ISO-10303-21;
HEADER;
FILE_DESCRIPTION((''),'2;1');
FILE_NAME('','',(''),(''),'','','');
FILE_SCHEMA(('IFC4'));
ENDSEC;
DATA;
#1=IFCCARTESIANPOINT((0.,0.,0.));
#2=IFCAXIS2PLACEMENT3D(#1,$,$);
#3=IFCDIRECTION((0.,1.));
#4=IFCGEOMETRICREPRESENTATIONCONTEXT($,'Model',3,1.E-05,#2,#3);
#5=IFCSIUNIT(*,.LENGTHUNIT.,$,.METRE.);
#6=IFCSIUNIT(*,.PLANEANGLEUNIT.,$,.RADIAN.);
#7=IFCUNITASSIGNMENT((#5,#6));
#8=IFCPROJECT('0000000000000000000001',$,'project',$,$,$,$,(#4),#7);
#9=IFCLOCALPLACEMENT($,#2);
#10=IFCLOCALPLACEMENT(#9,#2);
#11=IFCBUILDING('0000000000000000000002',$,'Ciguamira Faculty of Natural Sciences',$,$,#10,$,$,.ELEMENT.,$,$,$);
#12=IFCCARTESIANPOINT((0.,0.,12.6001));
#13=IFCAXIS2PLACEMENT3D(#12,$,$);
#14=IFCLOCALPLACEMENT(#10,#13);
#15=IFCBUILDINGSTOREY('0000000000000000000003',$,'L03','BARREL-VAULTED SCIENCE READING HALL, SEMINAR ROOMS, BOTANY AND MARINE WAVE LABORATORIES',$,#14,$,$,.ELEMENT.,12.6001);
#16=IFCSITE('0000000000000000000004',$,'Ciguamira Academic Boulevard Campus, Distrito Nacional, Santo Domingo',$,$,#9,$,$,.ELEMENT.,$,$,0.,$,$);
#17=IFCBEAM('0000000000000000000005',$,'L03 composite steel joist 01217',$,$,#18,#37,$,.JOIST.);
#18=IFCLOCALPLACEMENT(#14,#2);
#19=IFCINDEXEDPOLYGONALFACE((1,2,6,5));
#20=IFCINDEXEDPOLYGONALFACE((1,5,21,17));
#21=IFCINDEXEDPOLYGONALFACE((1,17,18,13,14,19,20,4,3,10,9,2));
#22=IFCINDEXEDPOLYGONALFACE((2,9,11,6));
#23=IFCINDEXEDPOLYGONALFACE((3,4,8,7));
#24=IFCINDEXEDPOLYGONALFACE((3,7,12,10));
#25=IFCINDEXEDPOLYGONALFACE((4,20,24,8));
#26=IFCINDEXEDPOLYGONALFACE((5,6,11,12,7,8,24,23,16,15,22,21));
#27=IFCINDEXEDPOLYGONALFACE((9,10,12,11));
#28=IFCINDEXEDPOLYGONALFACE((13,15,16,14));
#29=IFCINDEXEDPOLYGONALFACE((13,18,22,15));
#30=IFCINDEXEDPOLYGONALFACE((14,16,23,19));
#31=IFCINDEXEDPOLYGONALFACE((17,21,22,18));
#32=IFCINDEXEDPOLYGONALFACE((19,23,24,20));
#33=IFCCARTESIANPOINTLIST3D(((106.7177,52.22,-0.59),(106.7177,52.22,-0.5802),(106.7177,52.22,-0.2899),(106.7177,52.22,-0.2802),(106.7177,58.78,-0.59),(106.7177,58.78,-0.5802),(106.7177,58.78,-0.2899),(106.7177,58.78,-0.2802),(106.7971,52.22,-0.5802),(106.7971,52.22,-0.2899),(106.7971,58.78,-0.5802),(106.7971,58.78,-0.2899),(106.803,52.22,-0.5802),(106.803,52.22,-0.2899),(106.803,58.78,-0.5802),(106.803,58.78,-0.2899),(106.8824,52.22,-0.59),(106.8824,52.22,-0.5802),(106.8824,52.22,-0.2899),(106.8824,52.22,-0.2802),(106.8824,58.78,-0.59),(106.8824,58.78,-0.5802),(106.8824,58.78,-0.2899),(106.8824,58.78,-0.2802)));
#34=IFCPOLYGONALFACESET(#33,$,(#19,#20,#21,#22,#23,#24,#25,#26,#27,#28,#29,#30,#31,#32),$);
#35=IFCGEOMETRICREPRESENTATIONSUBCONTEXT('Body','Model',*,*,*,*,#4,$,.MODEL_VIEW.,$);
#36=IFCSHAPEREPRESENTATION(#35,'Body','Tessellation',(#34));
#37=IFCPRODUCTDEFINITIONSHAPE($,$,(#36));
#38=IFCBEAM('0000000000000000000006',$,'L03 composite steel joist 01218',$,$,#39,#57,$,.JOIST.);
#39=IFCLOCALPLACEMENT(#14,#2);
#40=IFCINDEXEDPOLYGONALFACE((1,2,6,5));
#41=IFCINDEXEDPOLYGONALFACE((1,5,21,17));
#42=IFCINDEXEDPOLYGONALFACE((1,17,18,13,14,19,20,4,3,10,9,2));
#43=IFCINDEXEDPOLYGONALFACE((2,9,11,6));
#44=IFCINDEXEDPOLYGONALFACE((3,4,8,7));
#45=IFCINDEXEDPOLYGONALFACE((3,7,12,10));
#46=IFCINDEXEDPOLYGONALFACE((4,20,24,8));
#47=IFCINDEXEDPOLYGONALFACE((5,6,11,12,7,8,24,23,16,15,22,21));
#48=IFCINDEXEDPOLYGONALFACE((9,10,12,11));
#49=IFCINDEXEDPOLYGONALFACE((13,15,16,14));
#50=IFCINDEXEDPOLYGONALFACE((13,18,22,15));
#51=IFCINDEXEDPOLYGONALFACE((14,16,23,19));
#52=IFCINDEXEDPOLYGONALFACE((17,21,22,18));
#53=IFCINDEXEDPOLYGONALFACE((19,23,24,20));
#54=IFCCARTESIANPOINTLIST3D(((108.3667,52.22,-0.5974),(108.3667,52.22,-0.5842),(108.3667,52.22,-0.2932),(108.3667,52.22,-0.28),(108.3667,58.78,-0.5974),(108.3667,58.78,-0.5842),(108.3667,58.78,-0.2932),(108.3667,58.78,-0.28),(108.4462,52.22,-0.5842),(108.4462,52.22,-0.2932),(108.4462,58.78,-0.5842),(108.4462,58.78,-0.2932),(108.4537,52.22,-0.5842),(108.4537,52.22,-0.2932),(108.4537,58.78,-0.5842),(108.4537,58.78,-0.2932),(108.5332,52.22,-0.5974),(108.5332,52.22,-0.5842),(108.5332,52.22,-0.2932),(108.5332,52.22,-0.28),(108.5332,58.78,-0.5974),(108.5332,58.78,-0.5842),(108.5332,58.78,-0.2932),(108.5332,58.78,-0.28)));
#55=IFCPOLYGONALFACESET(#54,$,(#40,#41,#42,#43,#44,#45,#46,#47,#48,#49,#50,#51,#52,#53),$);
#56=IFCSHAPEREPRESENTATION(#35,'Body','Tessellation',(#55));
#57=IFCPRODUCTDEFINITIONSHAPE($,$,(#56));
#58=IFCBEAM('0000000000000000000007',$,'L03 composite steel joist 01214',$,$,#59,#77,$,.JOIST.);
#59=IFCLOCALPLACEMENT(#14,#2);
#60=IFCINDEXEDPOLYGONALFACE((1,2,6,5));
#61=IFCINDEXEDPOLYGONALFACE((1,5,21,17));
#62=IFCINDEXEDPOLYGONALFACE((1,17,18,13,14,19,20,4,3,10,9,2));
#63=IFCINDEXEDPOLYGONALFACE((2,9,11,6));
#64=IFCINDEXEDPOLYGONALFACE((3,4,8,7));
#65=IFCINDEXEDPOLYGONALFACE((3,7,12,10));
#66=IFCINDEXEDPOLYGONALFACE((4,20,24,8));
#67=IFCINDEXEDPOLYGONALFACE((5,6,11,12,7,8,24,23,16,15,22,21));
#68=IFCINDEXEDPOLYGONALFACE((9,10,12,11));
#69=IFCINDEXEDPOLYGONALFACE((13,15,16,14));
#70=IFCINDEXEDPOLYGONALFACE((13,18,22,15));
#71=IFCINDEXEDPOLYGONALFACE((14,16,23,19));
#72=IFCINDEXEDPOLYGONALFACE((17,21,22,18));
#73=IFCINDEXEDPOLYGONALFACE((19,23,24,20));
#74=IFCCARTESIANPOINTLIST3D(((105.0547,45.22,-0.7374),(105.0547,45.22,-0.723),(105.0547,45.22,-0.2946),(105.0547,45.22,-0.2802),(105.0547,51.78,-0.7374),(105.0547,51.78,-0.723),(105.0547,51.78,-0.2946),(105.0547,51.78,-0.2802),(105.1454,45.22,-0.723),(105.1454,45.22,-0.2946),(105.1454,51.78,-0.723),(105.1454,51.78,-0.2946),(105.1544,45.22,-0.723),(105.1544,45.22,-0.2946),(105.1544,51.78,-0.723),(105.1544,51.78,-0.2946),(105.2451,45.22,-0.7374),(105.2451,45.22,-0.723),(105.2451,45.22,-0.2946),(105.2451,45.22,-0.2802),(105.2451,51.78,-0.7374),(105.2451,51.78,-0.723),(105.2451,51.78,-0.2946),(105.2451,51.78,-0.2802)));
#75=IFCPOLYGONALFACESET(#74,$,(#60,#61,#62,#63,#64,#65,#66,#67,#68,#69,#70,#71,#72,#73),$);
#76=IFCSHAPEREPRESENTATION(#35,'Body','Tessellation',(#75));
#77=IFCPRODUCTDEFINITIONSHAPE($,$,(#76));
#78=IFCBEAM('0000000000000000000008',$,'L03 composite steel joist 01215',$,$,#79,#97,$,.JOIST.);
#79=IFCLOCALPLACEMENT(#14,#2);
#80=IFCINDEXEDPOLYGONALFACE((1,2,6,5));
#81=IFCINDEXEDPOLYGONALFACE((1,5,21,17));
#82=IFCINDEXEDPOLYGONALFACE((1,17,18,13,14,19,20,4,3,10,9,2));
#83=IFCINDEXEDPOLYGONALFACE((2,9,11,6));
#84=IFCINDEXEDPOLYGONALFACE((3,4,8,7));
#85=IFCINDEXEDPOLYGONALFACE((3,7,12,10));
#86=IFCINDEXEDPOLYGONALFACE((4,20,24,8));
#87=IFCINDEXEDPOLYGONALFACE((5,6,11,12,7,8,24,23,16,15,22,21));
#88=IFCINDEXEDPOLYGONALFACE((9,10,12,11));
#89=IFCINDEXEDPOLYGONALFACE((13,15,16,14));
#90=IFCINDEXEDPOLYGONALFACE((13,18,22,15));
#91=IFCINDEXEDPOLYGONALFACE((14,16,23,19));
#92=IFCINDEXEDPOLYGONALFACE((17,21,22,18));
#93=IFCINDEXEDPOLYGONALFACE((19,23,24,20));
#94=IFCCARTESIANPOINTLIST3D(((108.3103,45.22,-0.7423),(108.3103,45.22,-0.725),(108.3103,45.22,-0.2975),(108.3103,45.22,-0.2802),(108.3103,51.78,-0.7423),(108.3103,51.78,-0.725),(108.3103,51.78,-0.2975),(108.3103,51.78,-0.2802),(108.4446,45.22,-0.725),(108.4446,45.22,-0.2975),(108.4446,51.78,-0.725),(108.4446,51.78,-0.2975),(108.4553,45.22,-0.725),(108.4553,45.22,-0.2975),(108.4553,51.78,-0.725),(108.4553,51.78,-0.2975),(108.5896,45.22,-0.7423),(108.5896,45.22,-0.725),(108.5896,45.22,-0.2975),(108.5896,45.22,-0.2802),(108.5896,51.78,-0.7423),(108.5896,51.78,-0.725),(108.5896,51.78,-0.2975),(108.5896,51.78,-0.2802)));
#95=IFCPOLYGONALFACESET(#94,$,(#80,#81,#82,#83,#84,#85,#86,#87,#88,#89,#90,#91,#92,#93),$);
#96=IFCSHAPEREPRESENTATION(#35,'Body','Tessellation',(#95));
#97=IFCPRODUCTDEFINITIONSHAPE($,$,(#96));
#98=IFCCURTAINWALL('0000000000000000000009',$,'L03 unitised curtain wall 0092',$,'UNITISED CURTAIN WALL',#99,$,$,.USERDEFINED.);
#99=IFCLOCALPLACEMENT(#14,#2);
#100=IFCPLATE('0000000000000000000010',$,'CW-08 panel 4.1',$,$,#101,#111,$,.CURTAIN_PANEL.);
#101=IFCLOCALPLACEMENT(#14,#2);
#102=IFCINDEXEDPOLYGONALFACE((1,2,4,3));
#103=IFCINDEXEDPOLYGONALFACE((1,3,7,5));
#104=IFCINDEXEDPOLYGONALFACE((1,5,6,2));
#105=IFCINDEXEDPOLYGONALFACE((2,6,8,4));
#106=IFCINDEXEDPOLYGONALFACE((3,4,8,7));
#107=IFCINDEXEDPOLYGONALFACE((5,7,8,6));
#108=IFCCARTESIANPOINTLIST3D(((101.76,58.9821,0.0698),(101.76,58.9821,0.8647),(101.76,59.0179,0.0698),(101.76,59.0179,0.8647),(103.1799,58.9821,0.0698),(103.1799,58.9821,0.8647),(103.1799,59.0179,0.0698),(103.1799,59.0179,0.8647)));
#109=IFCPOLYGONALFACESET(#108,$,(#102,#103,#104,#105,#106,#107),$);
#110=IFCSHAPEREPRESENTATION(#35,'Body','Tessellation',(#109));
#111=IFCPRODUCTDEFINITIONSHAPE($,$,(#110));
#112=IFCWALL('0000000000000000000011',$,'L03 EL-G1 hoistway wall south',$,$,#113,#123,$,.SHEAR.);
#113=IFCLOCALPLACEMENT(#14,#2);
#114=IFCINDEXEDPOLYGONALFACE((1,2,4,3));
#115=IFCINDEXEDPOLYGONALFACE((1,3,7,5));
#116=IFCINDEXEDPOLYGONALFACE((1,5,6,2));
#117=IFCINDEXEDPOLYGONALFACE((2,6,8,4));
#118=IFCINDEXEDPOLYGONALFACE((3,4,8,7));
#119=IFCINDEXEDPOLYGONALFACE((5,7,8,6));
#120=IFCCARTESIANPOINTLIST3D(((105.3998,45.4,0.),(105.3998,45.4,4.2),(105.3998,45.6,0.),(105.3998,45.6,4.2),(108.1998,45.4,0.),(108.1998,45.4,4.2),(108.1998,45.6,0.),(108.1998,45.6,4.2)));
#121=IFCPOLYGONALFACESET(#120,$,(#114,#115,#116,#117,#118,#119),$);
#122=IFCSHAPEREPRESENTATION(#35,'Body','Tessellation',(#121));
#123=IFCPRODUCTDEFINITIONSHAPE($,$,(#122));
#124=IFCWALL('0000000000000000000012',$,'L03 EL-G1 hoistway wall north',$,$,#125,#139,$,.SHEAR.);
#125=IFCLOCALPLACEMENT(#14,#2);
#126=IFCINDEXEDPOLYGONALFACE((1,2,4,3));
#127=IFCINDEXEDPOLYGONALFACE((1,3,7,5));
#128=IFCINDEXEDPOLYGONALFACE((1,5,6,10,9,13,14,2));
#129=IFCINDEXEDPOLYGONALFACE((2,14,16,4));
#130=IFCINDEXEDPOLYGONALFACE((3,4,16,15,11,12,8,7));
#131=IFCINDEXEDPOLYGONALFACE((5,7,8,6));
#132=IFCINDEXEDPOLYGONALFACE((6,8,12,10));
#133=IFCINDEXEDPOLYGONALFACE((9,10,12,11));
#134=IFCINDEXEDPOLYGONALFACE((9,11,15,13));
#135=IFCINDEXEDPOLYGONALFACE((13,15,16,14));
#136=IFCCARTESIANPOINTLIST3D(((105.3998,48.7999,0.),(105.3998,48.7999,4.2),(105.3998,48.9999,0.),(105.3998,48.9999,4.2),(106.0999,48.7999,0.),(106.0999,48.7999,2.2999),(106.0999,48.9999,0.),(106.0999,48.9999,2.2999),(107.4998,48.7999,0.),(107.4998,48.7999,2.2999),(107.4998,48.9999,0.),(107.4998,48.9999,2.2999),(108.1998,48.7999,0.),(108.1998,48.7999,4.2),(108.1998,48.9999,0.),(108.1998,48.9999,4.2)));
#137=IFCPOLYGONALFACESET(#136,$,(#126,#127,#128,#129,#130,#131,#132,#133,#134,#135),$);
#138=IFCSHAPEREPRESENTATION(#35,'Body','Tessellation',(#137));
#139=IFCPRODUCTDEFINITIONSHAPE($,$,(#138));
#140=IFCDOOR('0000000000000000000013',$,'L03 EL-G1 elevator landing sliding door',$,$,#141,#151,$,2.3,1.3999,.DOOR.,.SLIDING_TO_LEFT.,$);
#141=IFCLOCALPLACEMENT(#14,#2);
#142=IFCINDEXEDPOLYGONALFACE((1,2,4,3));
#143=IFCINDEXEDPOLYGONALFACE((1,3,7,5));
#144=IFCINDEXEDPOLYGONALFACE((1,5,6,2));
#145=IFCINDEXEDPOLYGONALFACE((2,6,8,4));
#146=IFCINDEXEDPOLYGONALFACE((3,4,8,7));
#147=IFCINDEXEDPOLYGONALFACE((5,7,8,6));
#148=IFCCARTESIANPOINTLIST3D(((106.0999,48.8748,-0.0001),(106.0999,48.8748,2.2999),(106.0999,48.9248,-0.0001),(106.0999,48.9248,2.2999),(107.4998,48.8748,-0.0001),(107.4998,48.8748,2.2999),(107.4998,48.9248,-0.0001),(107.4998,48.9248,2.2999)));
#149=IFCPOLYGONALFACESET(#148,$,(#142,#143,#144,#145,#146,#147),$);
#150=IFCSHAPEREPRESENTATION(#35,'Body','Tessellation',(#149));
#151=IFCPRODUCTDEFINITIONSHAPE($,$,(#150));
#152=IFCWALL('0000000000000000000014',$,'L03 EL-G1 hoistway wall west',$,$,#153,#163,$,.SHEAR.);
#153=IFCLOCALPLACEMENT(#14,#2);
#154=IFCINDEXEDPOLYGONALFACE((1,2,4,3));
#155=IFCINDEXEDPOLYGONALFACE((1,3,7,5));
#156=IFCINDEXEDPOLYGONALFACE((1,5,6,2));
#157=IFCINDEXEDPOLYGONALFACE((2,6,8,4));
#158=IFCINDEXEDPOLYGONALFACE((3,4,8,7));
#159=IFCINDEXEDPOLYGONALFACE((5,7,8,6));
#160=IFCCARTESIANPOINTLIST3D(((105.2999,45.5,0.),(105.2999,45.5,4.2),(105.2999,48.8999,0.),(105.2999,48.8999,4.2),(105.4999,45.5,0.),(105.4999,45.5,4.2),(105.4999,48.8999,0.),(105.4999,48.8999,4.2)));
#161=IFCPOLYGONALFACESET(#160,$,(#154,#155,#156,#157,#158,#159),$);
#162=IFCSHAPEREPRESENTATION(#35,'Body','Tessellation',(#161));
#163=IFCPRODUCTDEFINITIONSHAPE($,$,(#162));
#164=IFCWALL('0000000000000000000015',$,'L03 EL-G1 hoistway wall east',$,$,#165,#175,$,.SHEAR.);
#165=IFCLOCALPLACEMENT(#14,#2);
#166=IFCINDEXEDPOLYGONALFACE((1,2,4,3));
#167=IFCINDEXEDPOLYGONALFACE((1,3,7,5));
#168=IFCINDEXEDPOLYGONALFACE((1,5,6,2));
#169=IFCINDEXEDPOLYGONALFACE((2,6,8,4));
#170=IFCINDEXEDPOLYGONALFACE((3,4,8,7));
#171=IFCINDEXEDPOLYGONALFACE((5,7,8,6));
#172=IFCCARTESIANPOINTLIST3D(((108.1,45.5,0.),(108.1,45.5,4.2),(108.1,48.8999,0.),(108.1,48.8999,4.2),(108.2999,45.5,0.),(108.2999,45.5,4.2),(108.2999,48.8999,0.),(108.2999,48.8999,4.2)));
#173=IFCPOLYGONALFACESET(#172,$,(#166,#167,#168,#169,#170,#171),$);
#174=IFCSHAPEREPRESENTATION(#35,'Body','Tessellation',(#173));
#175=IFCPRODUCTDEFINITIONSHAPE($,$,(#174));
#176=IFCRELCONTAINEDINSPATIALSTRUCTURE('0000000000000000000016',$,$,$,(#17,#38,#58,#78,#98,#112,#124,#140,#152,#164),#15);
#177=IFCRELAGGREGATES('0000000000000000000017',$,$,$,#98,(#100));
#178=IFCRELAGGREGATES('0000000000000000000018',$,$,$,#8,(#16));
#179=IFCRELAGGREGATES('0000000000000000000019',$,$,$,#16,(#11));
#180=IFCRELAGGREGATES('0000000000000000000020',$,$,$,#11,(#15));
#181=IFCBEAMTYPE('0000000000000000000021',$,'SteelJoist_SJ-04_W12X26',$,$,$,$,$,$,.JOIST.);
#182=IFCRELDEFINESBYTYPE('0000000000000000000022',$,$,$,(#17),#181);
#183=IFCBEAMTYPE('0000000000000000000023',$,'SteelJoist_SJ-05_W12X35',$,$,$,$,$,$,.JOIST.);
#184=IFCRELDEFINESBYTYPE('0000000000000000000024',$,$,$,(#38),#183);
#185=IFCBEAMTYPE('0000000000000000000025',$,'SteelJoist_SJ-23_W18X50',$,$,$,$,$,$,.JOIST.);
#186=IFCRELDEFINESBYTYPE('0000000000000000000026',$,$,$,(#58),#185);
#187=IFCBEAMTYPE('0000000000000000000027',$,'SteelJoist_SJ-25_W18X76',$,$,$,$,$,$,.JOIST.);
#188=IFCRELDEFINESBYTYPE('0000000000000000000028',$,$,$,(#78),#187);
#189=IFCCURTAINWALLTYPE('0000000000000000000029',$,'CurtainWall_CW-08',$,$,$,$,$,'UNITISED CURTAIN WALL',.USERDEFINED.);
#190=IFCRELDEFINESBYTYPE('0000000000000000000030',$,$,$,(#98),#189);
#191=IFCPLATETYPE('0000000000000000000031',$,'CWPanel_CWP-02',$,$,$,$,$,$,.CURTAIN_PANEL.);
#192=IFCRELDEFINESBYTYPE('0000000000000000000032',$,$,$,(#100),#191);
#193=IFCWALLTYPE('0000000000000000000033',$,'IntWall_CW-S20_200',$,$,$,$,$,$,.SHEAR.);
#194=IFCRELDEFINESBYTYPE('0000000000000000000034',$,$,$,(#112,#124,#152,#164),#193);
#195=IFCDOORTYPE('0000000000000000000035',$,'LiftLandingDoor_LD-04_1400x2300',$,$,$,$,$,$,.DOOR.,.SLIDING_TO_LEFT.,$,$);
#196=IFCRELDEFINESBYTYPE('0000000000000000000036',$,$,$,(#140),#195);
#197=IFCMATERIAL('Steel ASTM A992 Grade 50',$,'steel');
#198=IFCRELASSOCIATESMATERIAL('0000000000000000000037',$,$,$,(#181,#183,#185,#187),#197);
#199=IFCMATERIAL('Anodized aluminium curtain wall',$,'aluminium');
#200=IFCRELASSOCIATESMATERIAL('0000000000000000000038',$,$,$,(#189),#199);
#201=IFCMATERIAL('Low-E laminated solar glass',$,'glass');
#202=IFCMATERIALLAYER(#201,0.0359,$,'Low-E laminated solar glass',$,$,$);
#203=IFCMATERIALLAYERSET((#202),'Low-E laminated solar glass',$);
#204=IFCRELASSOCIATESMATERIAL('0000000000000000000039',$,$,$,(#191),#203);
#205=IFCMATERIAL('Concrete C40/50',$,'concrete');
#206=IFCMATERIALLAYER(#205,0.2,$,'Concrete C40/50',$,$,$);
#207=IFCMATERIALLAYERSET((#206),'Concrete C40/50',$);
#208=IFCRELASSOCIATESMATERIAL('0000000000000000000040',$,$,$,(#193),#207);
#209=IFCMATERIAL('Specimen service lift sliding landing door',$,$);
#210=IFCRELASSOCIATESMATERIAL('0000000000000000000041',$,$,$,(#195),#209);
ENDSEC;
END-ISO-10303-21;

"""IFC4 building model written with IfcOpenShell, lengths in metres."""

from ifc_helpers import new_model, si_unit, direction, frame, frame_2d, origin, origin_2d, place, context, subcontext, project, spatial, rectangle, i_section, extrude, material, layer, layer_set, material_profile, profile_set, type_object, element, fill, aggregate, save


model = new_model("IFC4")

# Units and contexts
model_context = context("Model", 3, precision=1e-05, world=origin(), true_north=direction((0.0, 1.0)))
body_context = subcontext(model_context, "Body", "Model", "MODEL_VIEW")
ifc_project = project(units=[si_unit("LENGTHUNIT", "METRE"), si_unit("PLANEANGLEUNIT", "RADIAN")], contexts=[model_context])

# Site, building, storey
site_placement = place(None, origin())
site = spatial("IfcSite", under=ifc_project, at=site_placement, Name="Ciguamira Academic Boulevard Campus, Distrito Nacional, Santo Domingo", CompositionType="ELEMENT", RefElevation=0.0)
building_placement = place(site_placement, origin())
building = spatial("IfcBuilding", under=site, at=building_placement, Name="Ciguamira Faculty of Natural Sciences", CompositionType="ELEMENT")
storey_placement = place(building_placement, frame((0.0, 0.0, 12.6001)))
storey = spatial("IfcBuildingStorey", under=building, at=storey_placement, Name="L03", Description="BARREL-VAULTED SCIENCE READING HALL, SEMINAR ROOMS, BOTANY AND MARINE WAVE LABORATORIES", CompositionType="ELEMENT", Elevation=12.6001)

# Shared definitions
ifc_material_1 = material(Name="Concrete C40/50", Category="concrete")

# Beams
ifc_material_2 = material(Name="Steel ASTM A992 Grade 50", Category="steel")
ifc_material_profile_1 = material_profile(ifc_material_2, i_section(OverallWidth=0.1648, OverallDepth=0.3098, WebThickness=0.0059, FlangeThickness=0.0098, at=origin_2d()), Name="W12X26")
ifc_profile_set_1 = profile_set([ifc_material_profile_1], Name="Steel ASTM A992 Grade 50")
beam_type_1 = type_object("IfcBeamType", Name="SteelJoist_SJ-04_W12X26", PredefinedType="JOIST", material=ifc_profile_set_1)
beam_1_placement = place(storey_placement, frame((106.8, 52.22, -0.4351), z_axis=(0.0, 1.0, 0.0), x_axis=(-1.0, 0.0, 0.0)))
element("IfcBeam", 1, at=beam_1_placement, inside=storey, type_object=beam_type_1, Name="L03 composite steel joist 01217", PredefinedType="JOIST", context=body_context, shape_type="SweptSolid", body=[
    extrude(i_section(OverallWidth=0.1648, OverallDepth=0.3098, WebThickness=0.0059, FlangeThickness=0.0098, at=origin_2d()), origin(), (0.0, 0.0, 1.0), 6.5601),
])
ifc_material_profile_2 = material_profile(ifc_material_2, i_section(OverallWidth=0.1665, OverallDepth=0.3174, WebThickness=0.0076, FlangeThickness=0.0132, at=origin_2d()), Name="W12X35")
ifc_profile_set_2 = profile_set([ifc_material_profile_2], Name="Steel ASTM A992 Grade 50")
beam_type_2 = type_object("IfcBeamType", Name="SteelJoist_SJ-05_W12X35", PredefinedType="JOIST", material=ifc_profile_set_2)
beam_2_placement = place(storey_placement, frame((108.45, 52.22, -0.4387), z_axis=(0.0, 1.0, 0.0), x_axis=(-1.0, 0.0, 0.0)))
element("IfcBeam", 2, at=beam_2_placement, inside=storey, type_object=beam_type_2, Name="L03 composite steel joist 01218", PredefinedType="JOIST", context=body_context, shape_type="SweptSolid", body=[
    extrude(i_section(OverallWidth=0.1665, OverallDepth=0.3174, WebThickness=0.0076, FlangeThickness=0.0132, at=origin_2d()), origin(), (0.0, 0.0, 1.0), 6.5601),
])
ifc_material_profile_3 = material_profile(ifc_material_2, i_section(OverallWidth=0.1904, OverallDepth=0.4573, WebThickness=0.009, FlangeThickness=0.0144, at=origin_2d()), Name="W18X50")
ifc_profile_set_3 = profile_set([ifc_material_profile_3], Name="Steel ASTM A992 Grade 50")
beam_type_3 = type_object("IfcBeamType", Name="SteelJoist_SJ-23_W18X50", PredefinedType="JOIST", material=ifc_profile_set_3)
beam_3_placement = place(storey_placement, frame((105.1499, 45.22, -0.5088), z_axis=(0.0, 1.0, 0.0), x_axis=(-1.0, 0.0, 0.0)))
element("IfcBeam", 3, at=beam_3_placement, inside=storey, type_object=beam_type_3, Name="L03 composite steel joist 01214", PredefinedType="JOIST", context=body_context, shape_type="SweptSolid", body=[
    extrude(i_section(OverallWidth=0.1904, OverallDepth=0.4573, WebThickness=0.009, FlangeThickness=0.0144, at=origin_2d()), origin(), (0.0, 0.0, 1.0), 6.5601),
])
ifc_material_profile_4 = material_profile(ifc_material_2, i_section(OverallWidth=0.2793, OverallDepth=0.4622, WebThickness=0.0107, FlangeThickness=0.0173, at=origin_2d()), Name="W18X76")
ifc_profile_set_4 = profile_set([ifc_material_profile_4], Name="Steel ASTM A992 Grade 50")
beam_type_4 = type_object("IfcBeamType", Name="SteelJoist_SJ-25_W18X76", PredefinedType="JOIST", material=ifc_profile_set_4)
beam_4_placement = place(storey_placement, frame((108.45, 45.22, -0.5112), z_axis=(0.0, 1.0, 0.0), x_axis=(-1.0, 0.0, 0.0)))
element("IfcBeam", 4, at=beam_4_placement, inside=storey, type_object=beam_type_4, Name="L03 composite steel joist 01215", PredefinedType="JOIST", context=body_context, shape_type="SweptSolid", body=[
    extrude(i_section(OverallWidth=0.2793, OverallDepth=0.4622, WebThickness=0.0107, FlangeThickness=0.0173, at=origin_2d()), origin(), (0.0, 0.0, 1.0), 6.5601),
])

# Curtain wall, plate
ifc_material_3 = material(Name="Anodized aluminium curtain wall", Category="aluminium")
curtain_wall_type = type_object("IfcCurtainWallType", Name="CurtainWall_CW-08", ElementType="UNITISED CURTAIN WALL", PredefinedType="USERDEFINED", material=ifc_material_3)
curtain_wall_placement = place(storey_placement, origin())
curtain_wall = element("IfcCurtainWall", 5, at=curtain_wall_placement, inside=storey, type_object=curtain_wall_type, Name="L03 unitised curtain wall 0092", ObjectType="UNITISED CURTAIN WALL", PredefinedType="USERDEFINED")
ifc_material_4 = material(Name="Low-E laminated solar glass", Category="glass")
ifc_layer_1 = layer(ifc_material_4, 0.0359, Name="Low-E laminated solar glass")
ifc_layer_set_1 = layer_set([ifc_layer_1], Name="Low-E laminated solar glass")
plate_type = type_object("IfcPlateType", Name="CWPanel_CWP-02", PredefinedType="CURTAIN_PANEL", material=ifc_layer_set_1)
plate_placement = place(storey_placement, frame((102.47, 59.0, 0.0698), z_axis=(0.0, 0.0, 1.0), x_axis=(1.0, 0.0, 0.0)))
plate = element("IfcPlate", 6, at=plate_placement, type_object=plate_type, Name="CW-08 panel 4.1", PredefinedType="CURTAIN_PANEL", context=body_context, shape_type="SweptSolid", body=[
    extrude(rectangle(XDim=1.4199, YDim=0.0359, at=origin_2d()), origin(), (0.0, 0.0, 1.0), 0.7949),
])
aggregate(curtain_wall, [plate])

# Wall
ifc_layer_2 = layer(ifc_material_1, 0.2, Name="Concrete C40/50")
ifc_layer_set_2 = layer_set([ifc_layer_2], Name="Concrete C40/50")
wall_type_1 = type_object("IfcWallType", Name="IntWall_CW-S20_200", PredefinedType="SHEAR", material=ifc_layer_set_2)
wall_1_placement = place(storey_placement, frame((105.3999, 45.5, 0.0), z_axis=(0.0, 0.0, 1.0), x_axis=(1.0, 0.0, 0.0)))
element("IfcWall", 7, at=wall_1_placement, inside=storey, type_object=wall_type_1, Name="L03 EL-G1 hoistway wall south", PredefinedType="SHEAR", context=body_context, shape_type="SweptSolid", body=[
    extrude(rectangle(XDim=2.8, YDim=0.2, at=frame_2d((1.3999, 0.0))), origin(), (0.0, 0.0, 1.0), 4.2),
])

# Wall, opening, door
wall_2_placement = place(storey_placement, frame((105.3999, 48.8999, 0.0), z_axis=(0.0, 0.0, 1.0), x_axis=(1.0, 0.0, 0.0)))
wall_2 = element("IfcWall", 8, at=wall_2_placement, inside=storey, type_object=wall_type_1, Name="L03 EL-G1 hoistway wall north", PredefinedType="SHEAR", context=body_context, shape_type="SweptSolid", body=[
    extrude(rectangle(XDim=2.8, YDim=0.2, at=frame_2d((1.3999, 0.0))), origin(), (0.0, 0.0, 1.0), 4.2),
])
opening_placement = place(wall_2_placement, frame((0.7, 0.0, 0.0)))
opening = element("IfcOpeningElement", 9, at=opening_placement, cuts=wall_2, PredefinedType="OPENING", context=body_context, shape_type="SweptSolid", body=[
    extrude(rectangle(XDim=1.3999, YDim=2.3, at=frame_2d((0.7, 1.1499))), frame((0.0, 0.1099, 0.0), z_axis=(0.0, -1.0, 0.0), x_axis=(1.0, 0.0, 0.0)), (0.0, 0.0, 1.0), 0.22),
])
ifc_material_5 = material(Name="Specimen service lift sliding landing door")
door_type = type_object("IfcDoorType", Name="LiftLandingDoor_LD-04_1400x2300", OperationType="SLIDING_TO_LEFT", PredefinedType="DOOR", material=ifc_material_5)
door_placement = place(opening_placement, origin())
door = element("IfcDoor", 10, at=door_placement, inside=storey, type_object=door_type, Name="L03 EL-G1 elevator landing sliding door", OperationType="SLIDING_TO_LEFT", OverallHeight=2.3, OverallWidth=1.3999, PredefinedType="DOOR", context=body_context, shape_type="SweptSolid", body=[
    extrude(rectangle(XDim=1.3999, YDim=2.3, at=frame_2d((0.7, 1.1499))), frame((0.0, 0.0249, 0.0), z_axis=(0.0, -1.0, 0.0), x_axis=(1.0, 0.0, 0.0)), (0.0, 0.0, 1.0), 0.05),
])
fill(opening, door)

# Walls
for number, where, z_axis, x_axis, name in (
    (11, (105.3999, 45.5, 0.0), (0.0, 0.0, 1.0), (0.0, 1.0, 0.0), "L03 EL-G1 hoistway wall west"),
    (12, (108.2, 45.5, 0.0), (0.0, 0.0, 1.0), (0.0, 1.0, 0.0), "L03 EL-G1 hoistway wall east"),
):
    element("IfcWall", number, at=place(storey_placement, frame(where, z_axis=z_axis, x_axis=x_axis)), inside=storey, type_object=wall_type_1, Name=name, PredefinedType="SHEAR", context=body_context, shape_type="SweptSolid", body=[
        extrude(rectangle(XDim=3.3999, YDim=0.2, at=frame_2d((1.7, 0.0))), origin(), (0.0, 0.0, 1.0), 4.2),
    ])

save(model, "model.ifc")
